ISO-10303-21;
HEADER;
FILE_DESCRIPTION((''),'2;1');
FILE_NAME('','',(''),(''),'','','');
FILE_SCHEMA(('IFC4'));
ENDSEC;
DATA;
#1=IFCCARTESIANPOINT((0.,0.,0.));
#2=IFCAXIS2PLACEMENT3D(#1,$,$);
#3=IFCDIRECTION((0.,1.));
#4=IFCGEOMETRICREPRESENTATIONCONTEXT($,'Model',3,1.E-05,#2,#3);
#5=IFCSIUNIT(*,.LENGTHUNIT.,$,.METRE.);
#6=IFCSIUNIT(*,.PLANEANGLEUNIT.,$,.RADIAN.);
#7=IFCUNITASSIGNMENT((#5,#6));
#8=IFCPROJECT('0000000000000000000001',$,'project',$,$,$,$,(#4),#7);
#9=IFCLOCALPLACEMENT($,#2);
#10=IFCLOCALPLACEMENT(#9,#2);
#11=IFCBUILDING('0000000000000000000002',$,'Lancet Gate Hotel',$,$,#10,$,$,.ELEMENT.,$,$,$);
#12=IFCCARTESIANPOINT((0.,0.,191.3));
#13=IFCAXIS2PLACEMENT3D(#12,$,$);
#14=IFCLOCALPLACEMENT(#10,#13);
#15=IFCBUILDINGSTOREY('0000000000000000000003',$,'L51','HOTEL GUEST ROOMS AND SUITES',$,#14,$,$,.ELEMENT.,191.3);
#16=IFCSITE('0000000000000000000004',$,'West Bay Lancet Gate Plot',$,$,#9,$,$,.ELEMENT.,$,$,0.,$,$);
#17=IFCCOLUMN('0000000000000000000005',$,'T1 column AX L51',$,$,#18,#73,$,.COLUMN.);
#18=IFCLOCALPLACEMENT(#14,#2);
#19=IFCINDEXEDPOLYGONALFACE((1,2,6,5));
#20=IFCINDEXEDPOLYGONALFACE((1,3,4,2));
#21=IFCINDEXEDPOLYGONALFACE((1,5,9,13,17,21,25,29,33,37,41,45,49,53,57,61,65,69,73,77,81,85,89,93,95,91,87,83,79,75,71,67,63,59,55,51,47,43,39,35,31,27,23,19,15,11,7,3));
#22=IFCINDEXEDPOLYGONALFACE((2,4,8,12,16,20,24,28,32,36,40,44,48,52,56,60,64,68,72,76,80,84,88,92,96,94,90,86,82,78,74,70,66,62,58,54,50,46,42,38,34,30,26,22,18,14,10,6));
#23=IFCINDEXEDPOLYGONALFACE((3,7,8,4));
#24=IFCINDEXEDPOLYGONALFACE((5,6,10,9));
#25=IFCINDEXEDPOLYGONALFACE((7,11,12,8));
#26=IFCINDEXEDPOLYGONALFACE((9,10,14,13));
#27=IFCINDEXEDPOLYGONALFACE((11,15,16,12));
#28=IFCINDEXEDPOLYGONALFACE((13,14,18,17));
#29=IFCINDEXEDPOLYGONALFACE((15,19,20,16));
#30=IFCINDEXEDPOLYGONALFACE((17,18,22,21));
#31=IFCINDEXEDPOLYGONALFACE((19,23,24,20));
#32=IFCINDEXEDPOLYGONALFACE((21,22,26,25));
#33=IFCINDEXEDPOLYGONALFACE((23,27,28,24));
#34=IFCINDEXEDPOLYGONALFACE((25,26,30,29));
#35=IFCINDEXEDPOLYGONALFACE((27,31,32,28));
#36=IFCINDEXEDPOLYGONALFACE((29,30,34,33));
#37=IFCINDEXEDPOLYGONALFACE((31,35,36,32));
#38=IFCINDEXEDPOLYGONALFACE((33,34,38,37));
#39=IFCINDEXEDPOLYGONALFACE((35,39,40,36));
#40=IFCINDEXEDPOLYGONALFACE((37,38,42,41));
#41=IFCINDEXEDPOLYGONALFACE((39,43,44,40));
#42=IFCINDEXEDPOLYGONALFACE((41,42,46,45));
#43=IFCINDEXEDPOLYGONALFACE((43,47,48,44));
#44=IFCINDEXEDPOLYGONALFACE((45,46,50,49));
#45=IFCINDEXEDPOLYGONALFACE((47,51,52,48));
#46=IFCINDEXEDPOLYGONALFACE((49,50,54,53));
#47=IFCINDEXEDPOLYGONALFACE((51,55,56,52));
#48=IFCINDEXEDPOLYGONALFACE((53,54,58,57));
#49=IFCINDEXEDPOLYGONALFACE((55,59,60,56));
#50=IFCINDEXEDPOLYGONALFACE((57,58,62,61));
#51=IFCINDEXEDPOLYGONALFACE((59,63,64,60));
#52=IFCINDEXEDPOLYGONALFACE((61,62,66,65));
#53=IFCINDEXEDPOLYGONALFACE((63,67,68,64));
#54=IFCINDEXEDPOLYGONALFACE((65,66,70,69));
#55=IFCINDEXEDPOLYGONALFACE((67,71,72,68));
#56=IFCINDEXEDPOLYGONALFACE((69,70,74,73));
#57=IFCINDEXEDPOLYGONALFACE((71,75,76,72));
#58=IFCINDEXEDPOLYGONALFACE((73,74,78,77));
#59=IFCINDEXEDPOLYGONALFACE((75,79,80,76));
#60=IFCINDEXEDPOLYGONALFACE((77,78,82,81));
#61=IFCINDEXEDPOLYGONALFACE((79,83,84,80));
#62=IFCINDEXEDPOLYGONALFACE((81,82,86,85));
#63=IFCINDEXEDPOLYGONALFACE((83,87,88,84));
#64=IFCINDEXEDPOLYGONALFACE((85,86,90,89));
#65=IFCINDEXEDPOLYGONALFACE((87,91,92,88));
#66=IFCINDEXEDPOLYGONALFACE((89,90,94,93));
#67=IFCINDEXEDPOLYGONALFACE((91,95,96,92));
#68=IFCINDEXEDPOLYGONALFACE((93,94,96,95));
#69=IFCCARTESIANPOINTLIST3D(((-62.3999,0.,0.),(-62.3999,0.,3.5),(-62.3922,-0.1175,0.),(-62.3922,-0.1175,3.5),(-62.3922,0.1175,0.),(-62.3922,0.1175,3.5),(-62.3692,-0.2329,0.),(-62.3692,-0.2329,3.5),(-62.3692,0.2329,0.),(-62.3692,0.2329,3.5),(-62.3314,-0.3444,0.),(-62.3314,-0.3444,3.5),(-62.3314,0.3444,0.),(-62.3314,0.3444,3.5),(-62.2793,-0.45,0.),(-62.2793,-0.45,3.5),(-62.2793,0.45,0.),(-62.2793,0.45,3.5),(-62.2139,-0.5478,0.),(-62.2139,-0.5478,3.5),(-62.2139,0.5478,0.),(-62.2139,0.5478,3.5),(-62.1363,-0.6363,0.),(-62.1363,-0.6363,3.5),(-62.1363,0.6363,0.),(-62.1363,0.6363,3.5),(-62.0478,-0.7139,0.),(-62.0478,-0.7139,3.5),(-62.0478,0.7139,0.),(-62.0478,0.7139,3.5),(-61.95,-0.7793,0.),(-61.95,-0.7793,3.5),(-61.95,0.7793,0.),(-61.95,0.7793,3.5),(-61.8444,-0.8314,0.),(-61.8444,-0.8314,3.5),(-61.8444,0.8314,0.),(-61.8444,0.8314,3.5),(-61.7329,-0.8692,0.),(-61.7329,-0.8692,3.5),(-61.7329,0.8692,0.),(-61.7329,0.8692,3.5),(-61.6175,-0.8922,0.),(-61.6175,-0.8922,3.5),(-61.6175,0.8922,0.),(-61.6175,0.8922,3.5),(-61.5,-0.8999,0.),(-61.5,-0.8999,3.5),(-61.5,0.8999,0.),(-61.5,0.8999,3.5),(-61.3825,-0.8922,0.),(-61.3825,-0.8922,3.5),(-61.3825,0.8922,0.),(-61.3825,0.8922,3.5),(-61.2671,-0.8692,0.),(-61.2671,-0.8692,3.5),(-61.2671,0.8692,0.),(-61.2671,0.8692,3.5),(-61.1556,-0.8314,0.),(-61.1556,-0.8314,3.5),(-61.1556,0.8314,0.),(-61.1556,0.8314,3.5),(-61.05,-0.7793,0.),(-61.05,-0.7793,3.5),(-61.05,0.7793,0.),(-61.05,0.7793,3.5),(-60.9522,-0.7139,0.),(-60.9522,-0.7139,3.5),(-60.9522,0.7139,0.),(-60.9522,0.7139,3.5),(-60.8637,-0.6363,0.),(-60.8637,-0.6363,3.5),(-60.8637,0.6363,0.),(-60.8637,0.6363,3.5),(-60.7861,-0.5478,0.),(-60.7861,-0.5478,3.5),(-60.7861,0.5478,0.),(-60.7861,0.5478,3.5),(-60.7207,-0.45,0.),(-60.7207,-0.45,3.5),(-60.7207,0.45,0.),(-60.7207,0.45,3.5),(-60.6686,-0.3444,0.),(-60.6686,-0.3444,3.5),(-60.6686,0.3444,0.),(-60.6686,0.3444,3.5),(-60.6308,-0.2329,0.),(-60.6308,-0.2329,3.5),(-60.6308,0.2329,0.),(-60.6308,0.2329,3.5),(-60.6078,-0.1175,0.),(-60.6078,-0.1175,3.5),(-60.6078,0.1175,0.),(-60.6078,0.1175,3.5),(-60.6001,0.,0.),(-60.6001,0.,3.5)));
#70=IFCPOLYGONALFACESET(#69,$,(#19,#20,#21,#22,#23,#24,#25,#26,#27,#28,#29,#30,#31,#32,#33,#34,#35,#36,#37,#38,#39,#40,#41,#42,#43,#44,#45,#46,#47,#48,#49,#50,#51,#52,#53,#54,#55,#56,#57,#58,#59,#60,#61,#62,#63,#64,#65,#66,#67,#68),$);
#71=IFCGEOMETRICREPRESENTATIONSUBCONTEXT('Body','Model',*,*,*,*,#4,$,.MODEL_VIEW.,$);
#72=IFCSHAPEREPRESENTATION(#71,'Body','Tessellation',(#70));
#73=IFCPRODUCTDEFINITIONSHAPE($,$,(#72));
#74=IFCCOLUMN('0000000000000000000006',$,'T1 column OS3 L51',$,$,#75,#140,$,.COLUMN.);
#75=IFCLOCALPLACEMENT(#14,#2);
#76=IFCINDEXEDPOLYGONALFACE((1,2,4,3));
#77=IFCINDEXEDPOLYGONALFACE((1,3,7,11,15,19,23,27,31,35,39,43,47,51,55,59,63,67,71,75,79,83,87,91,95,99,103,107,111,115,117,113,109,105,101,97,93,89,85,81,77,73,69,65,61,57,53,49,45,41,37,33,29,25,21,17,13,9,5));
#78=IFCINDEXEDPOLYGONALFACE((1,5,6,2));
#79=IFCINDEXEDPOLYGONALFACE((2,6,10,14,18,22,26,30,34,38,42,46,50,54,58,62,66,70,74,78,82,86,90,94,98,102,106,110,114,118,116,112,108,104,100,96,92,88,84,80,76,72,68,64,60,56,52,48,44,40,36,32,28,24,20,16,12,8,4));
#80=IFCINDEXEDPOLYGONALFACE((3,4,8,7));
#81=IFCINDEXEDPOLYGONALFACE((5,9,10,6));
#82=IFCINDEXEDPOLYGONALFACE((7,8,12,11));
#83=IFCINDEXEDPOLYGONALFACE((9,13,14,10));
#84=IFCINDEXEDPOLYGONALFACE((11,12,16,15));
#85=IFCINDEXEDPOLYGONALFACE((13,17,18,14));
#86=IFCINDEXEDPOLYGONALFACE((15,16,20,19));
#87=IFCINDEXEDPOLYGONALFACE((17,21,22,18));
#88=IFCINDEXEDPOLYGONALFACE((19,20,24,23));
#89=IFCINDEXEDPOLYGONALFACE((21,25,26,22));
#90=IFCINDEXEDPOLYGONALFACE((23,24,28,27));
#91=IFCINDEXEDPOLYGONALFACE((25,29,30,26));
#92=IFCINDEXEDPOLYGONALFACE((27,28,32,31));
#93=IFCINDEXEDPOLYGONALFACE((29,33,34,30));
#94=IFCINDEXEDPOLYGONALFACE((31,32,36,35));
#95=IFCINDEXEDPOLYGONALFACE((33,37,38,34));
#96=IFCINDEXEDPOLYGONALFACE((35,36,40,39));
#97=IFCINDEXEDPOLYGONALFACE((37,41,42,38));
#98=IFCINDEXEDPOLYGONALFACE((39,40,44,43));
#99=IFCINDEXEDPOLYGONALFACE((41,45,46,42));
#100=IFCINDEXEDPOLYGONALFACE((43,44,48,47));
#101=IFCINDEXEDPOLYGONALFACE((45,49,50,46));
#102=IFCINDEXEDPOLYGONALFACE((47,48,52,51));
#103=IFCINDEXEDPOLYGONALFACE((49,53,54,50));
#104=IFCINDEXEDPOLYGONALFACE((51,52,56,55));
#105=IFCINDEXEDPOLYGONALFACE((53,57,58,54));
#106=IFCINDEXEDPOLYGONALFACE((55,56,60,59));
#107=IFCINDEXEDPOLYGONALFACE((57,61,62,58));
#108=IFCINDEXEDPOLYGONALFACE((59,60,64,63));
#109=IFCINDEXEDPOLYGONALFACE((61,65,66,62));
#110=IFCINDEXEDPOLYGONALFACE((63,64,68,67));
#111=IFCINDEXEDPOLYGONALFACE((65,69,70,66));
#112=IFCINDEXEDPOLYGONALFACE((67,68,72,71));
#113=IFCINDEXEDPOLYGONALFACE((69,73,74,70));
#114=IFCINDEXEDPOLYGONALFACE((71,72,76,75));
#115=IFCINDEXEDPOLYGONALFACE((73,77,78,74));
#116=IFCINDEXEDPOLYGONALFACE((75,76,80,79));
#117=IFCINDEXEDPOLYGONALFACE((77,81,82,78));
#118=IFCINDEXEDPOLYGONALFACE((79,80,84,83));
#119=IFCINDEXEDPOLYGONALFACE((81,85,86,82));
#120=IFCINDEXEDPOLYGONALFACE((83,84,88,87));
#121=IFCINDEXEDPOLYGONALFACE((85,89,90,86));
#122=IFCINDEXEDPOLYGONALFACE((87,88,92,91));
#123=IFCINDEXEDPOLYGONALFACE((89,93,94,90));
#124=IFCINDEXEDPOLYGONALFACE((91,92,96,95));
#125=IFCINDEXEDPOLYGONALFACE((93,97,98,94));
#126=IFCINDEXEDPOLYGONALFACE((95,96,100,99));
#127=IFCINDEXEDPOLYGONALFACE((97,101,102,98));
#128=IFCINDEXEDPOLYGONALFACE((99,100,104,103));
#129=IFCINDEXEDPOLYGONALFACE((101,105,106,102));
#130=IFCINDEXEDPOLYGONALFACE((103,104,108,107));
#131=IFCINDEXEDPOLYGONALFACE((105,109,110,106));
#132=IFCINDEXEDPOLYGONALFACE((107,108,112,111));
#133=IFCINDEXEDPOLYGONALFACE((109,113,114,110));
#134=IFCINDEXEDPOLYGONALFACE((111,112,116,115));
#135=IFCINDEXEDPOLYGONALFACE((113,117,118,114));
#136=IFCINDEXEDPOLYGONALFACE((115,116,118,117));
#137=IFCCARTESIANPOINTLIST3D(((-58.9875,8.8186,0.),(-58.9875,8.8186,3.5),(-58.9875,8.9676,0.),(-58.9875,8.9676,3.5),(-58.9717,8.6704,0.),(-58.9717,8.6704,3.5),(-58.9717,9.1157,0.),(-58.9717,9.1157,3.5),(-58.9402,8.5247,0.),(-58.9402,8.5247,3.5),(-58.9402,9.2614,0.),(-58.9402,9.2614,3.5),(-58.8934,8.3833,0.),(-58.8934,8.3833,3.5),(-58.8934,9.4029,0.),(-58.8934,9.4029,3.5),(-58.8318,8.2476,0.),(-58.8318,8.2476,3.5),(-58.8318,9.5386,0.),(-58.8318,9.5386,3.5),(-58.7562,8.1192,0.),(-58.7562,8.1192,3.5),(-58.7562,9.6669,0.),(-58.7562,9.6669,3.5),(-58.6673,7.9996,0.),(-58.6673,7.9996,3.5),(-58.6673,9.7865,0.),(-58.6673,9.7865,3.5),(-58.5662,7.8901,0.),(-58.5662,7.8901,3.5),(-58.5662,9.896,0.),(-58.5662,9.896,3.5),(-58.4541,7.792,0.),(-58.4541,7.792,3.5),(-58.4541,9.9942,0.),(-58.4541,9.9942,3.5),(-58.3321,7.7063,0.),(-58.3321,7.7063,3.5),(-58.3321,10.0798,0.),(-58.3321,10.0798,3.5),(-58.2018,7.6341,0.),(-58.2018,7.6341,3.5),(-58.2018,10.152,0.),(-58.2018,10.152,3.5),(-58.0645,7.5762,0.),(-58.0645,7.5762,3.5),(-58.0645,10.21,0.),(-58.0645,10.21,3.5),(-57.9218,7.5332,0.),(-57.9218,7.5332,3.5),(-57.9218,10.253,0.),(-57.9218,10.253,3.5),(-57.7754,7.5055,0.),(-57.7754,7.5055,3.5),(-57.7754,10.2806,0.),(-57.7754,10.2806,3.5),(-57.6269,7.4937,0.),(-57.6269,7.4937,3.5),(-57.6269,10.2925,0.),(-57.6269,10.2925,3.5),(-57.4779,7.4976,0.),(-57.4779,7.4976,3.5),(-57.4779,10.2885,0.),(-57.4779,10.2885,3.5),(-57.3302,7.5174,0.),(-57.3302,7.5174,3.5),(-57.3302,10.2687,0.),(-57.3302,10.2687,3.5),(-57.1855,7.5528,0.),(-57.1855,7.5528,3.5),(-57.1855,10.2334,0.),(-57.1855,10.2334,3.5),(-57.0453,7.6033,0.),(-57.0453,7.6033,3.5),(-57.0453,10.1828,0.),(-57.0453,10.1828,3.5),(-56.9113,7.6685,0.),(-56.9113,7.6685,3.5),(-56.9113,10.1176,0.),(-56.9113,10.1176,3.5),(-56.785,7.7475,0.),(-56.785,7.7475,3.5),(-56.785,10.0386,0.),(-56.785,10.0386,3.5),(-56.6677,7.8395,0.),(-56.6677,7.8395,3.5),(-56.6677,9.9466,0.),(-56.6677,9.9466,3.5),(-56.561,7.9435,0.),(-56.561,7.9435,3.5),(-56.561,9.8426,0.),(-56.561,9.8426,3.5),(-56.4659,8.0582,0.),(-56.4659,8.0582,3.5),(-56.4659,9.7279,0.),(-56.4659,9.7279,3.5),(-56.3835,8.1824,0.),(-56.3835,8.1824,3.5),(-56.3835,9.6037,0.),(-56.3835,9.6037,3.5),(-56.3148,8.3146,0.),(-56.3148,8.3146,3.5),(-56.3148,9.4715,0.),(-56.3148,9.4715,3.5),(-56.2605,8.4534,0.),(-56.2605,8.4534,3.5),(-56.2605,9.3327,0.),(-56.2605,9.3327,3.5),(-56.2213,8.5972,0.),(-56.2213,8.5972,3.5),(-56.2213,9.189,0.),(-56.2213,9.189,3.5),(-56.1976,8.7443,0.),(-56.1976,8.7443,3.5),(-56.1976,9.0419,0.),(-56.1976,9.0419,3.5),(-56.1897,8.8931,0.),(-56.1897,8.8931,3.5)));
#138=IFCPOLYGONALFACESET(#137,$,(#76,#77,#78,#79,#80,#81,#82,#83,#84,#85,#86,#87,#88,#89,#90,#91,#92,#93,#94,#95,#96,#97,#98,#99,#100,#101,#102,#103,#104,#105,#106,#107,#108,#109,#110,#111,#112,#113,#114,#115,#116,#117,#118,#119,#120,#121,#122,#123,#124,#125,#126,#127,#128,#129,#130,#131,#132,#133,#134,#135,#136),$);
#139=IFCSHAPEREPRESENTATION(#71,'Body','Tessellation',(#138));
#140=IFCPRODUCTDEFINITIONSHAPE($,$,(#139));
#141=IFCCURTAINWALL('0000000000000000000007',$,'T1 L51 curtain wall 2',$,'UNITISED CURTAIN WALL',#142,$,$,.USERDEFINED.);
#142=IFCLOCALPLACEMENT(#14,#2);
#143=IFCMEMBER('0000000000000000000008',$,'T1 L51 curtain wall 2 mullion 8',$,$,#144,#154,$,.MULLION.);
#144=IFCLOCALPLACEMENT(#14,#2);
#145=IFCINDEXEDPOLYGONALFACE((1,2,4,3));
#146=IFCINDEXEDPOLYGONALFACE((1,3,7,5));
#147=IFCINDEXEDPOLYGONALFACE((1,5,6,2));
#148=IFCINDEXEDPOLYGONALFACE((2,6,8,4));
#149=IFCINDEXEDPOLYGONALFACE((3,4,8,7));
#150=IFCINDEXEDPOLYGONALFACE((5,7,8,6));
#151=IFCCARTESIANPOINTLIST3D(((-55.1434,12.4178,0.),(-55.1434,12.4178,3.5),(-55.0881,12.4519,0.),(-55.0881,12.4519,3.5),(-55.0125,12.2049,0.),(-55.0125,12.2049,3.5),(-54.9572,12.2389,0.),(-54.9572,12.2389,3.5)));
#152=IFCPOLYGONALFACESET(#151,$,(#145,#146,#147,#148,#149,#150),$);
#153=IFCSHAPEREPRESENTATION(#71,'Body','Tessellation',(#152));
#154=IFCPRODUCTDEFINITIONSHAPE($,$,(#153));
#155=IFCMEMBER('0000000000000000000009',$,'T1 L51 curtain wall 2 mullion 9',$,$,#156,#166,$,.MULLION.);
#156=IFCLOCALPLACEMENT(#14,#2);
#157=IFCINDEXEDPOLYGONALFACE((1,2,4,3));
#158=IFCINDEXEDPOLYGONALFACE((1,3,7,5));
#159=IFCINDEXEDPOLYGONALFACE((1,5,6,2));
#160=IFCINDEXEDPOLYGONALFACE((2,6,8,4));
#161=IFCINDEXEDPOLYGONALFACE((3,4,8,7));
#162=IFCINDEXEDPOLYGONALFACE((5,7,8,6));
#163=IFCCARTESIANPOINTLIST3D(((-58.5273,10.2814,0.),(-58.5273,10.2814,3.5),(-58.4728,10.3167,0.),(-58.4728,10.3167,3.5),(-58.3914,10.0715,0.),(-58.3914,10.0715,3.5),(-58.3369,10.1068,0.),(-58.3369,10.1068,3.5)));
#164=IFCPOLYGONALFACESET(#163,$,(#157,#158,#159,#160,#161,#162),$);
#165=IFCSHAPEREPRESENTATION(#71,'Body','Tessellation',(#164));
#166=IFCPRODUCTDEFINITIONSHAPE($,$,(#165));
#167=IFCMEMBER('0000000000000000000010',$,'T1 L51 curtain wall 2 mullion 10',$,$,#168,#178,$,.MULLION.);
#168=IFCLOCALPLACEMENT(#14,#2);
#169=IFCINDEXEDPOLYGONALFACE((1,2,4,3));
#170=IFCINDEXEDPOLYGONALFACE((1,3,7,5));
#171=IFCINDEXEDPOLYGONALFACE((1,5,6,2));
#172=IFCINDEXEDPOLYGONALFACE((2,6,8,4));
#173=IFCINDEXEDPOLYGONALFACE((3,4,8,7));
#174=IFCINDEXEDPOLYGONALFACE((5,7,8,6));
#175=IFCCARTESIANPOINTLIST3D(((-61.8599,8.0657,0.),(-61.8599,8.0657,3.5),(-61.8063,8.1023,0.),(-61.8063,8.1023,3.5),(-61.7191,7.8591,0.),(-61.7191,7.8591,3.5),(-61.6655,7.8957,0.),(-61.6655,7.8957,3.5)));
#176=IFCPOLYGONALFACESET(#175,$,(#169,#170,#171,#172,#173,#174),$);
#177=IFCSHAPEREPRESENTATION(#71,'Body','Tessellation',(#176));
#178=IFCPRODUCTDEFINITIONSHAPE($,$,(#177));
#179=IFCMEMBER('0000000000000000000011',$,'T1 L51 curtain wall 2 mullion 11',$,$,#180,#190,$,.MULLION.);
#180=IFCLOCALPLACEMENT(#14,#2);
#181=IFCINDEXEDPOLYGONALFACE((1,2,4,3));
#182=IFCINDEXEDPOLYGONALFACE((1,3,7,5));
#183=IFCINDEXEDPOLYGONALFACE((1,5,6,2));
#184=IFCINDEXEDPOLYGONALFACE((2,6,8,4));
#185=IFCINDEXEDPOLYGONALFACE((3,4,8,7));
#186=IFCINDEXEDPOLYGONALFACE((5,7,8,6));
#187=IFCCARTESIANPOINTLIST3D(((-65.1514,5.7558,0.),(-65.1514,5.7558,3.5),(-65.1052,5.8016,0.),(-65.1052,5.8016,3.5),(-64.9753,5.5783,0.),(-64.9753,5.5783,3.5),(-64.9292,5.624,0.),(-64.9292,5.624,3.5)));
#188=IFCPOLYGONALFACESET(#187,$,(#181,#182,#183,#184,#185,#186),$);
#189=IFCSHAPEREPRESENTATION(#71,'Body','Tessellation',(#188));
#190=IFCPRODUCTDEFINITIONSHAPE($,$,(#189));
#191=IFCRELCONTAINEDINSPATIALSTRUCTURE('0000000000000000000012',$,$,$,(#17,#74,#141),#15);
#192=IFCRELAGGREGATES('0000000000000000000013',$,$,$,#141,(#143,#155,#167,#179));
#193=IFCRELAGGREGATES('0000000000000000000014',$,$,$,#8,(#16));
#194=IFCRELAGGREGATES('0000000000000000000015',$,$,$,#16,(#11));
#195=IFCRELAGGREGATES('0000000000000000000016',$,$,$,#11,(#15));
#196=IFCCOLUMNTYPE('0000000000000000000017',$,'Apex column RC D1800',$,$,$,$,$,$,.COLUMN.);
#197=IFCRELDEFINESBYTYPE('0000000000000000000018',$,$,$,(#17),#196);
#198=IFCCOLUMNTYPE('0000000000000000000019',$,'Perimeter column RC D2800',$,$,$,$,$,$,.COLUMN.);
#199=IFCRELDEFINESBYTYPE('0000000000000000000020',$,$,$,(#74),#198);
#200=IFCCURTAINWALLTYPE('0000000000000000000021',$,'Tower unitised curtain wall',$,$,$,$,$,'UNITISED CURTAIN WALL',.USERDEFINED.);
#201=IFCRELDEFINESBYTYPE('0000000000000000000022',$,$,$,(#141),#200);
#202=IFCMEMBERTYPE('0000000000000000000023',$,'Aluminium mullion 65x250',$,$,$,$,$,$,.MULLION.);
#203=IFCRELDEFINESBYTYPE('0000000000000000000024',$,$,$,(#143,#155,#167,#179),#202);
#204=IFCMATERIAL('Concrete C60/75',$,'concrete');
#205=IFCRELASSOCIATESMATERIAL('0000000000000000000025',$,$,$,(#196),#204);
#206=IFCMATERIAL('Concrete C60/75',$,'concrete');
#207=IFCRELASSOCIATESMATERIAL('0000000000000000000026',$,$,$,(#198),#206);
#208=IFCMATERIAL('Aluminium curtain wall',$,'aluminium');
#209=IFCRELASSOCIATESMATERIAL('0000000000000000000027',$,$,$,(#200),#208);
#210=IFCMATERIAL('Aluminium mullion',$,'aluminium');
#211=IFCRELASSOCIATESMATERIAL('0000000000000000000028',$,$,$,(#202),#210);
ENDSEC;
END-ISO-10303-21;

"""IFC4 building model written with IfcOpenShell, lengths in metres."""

from ifc_helpers import new_model, si_unit, direction, frame, origin, origin_2d, place, context, subcontext, project, spatial, rectangle, circle, extrude, material, material_profile, profile_set, type_object, element, aggregate, save


model = new_model("IFC4")

# Units and contexts
model_context = context("Model", 3, precision=1e-05, world=origin(), true_north=direction((0.0, 1.0)))
body_context = subcontext(model_context, "Body", "Model", "MODEL_VIEW")
ifc_project = project(units=[si_unit("LENGTHUNIT", "METRE"), si_unit("PLANEANGLEUNIT", "RADIAN")], contexts=[model_context])

# Site, building, storey
site_placement = place(None, origin())
site = spatial("IfcSite", under=ifc_project, at=site_placement, Name="West Bay Lancet Gate Plot", CompositionType="ELEMENT", RefElevation=0.0)
building_placement = place(site_placement, origin())
building = spatial("IfcBuilding", under=site, at=building_placement, Name="Lancet Gate Hotel", CompositionType="ELEMENT")
storey_placement = place(building_placement, frame((0.0, 0.0, 191.3)))
storey = spatial("IfcBuildingStorey", under=building, at=storey_placement, Name="L51", Description="HOTEL GUEST ROOMS AND SUITES", CompositionType="ELEMENT", Elevation=191.3)

# Columns
ifc_material_1 = material(Name="Concrete C60/75", Category="concrete")
ifc_material_profile_1 = material_profile(ifc_material_1, circle(Radius=0.8999, at=origin_2d()), Name="RC D1800")
ifc_profile_set_1 = profile_set([ifc_material_profile_1], Name="Concrete C60/75")
column_type_1 = type_object("IfcColumnType", Name="Apex column RC D1800", PredefinedType="COLUMN", material=ifc_profile_set_1)
column_1_placement = place(storey_placement, frame((-61.5, 0.0, 0.0), z_axis=(0.0, 0.0, 1.0), x_axis=(1.0, 0.0, 0.0)))
element("IfcColumn", 1, at=column_1_placement, inside=storey, type_object=column_type_1, Name="T1 column AX L51", PredefinedType="COLUMN", context=body_context, shape_type="SweptSolid", body=[
    extrude(circle(Radius=0.8999, at=origin_2d()), origin(), (0.0, 0.0, 1.0), 3.5),
])
ifc_material_2 = material(Name="Concrete C60/75", Category="concrete")
ifc_material_profile_2 = material_profile(ifc_material_2, circle(Radius=1.3999, at=origin_2d()), Name="RC D2800")
ifc_profile_set_2 = profile_set([ifc_material_profile_2], Name="Concrete C60/75")
column_type_2 = type_object("IfcColumnType", Name="Perimeter column RC D2800", PredefinedType="COLUMN", material=ifc_profile_set_2)
column_2_placement = place(storey_placement, frame((-57.5896, 8.8931, 0.0), z_axis=(0.0, 0.0, 1.0), x_axis=(1.0, 0.0, 0.0)))
element("IfcColumn", 2, at=column_2_placement, inside=storey, type_object=column_type_2, Name="T1 column OS3 L51", PredefinedType="COLUMN", context=body_context, shape_type="SweptSolid", body=[
    extrude(circle(Radius=1.3999, at=origin_2d()), origin(), (0.0, 0.0, 1.0), 3.5),
])

# Curtain wall, members
ifc_material_3 = material(Name="Aluminium curtain wall", Category="aluminium")
curtain_wall_type = type_object("IfcCurtainWallType", Name="Tower unitised curtain wall", ElementType="UNITISED CURTAIN WALL", PredefinedType="USERDEFINED", material=ifc_material_3)
curtain_wall_placement = place(storey_placement, origin())
curtain_wall = element("IfcCurtainWall", 3, at=curtain_wall_placement, inside=storey, type_object=curtain_wall_type, Name="T1 L51 curtain wall 2", ObjectType="UNITISED CURTAIN WALL", PredefinedType="USERDEFINED")
ifc_material_4 = material(Name="Aluminium mullion", Category="aluminium")
ifc_material_profile_3 = material_profile(ifc_material_4, rectangle(XDim=0.0649, YDim=0.25, at=origin_2d()), Name="MULLION 65x250")
ifc_profile_set_3 = profile_set([ifc_material_profile_3], Name="Aluminium mullion")
member_type_1 = type_object("IfcMemberType", Name="Aluminium mullion 65x250", PredefinedType="MULLION", material=ifc_profile_set_3)
member_1_placement = place(storey_placement, frame((-55.0503, 12.3284, 0.0), z_axis=(0.0, 0.0, 1.0), x_axis=(-0.851886, -0.523728, 0.0)))
member_1 = element("IfcMember", 4, at=member_1_placement, type_object=member_type_1, Name="T1 L51 curtain wall 2 mullion 8", PredefinedType="MULLION", context=body_context, shape_type="SweptSolid", body=[
    extrude(rectangle(XDim=0.0649, YDim=0.25, at=origin_2d()), origin(), (0.0, 0.0, 1.0), 3.5),
])
member_2_placement = place(storey_placement, frame((-58.4321, 10.1941, 0.0), z_axis=(0.0, 0.0, 1.0), x_axis=(-0.839331, -0.543621, 0.0)))
member_2 = element("IfcMember", 5, at=member_2_placement, type_object=member_type_1, Name="T1 L51 curtain wall 2 mullion 9", PredefinedType="MULLION", context=body_context, shape_type="SweptSolid", body=[
    extrude(rectangle(XDim=0.0649, YDim=0.25, at=origin_2d()), origin(), (0.0, 0.0, 1.0), 3.5),
])
member_3_placement = place(storey_placement, frame((-61.7627, 7.9807, 0.0), z_axis=(0.0, 0.0, 1.0), x_axis=(-0.826312, -0.563212, 0.0)))
member_3 = element("IfcMember", 6, at=member_3_placement, type_object=member_type_1, Name="T1 L51 curtain wall 2 mullion 10", PredefinedType="MULLION", context=body_context, shape_type="SweptSolid", body=[
    extrude(rectangle(XDim=0.0649, YDim=0.25, at=origin_2d()), origin(), (0.0, 0.0, 1.0), 3.5),
])
member_4_placement = place(storey_placement, frame((-65.0403, 5.6899, 0.0), z_axis=(0.0, 0.0, 1.0), x_axis=(-0.710113, -0.704088, 0.0)))
member_4 = element("IfcMember", 7, at=member_4_placement, type_object=member_type_1, Name="T1 L51 curtain wall 2 mullion 11", PredefinedType="MULLION", context=body_context, shape_type="SweptSolid", body=[
    extrude(rectangle(XDim=0.0649, YDim=0.25, at=origin_2d()), origin(), (0.0, 0.0, 1.0), 3.5),
])

aggregate(curtain_wall, [member_1, member_2, member_3, member_4])

save(model, "model.ifc")
